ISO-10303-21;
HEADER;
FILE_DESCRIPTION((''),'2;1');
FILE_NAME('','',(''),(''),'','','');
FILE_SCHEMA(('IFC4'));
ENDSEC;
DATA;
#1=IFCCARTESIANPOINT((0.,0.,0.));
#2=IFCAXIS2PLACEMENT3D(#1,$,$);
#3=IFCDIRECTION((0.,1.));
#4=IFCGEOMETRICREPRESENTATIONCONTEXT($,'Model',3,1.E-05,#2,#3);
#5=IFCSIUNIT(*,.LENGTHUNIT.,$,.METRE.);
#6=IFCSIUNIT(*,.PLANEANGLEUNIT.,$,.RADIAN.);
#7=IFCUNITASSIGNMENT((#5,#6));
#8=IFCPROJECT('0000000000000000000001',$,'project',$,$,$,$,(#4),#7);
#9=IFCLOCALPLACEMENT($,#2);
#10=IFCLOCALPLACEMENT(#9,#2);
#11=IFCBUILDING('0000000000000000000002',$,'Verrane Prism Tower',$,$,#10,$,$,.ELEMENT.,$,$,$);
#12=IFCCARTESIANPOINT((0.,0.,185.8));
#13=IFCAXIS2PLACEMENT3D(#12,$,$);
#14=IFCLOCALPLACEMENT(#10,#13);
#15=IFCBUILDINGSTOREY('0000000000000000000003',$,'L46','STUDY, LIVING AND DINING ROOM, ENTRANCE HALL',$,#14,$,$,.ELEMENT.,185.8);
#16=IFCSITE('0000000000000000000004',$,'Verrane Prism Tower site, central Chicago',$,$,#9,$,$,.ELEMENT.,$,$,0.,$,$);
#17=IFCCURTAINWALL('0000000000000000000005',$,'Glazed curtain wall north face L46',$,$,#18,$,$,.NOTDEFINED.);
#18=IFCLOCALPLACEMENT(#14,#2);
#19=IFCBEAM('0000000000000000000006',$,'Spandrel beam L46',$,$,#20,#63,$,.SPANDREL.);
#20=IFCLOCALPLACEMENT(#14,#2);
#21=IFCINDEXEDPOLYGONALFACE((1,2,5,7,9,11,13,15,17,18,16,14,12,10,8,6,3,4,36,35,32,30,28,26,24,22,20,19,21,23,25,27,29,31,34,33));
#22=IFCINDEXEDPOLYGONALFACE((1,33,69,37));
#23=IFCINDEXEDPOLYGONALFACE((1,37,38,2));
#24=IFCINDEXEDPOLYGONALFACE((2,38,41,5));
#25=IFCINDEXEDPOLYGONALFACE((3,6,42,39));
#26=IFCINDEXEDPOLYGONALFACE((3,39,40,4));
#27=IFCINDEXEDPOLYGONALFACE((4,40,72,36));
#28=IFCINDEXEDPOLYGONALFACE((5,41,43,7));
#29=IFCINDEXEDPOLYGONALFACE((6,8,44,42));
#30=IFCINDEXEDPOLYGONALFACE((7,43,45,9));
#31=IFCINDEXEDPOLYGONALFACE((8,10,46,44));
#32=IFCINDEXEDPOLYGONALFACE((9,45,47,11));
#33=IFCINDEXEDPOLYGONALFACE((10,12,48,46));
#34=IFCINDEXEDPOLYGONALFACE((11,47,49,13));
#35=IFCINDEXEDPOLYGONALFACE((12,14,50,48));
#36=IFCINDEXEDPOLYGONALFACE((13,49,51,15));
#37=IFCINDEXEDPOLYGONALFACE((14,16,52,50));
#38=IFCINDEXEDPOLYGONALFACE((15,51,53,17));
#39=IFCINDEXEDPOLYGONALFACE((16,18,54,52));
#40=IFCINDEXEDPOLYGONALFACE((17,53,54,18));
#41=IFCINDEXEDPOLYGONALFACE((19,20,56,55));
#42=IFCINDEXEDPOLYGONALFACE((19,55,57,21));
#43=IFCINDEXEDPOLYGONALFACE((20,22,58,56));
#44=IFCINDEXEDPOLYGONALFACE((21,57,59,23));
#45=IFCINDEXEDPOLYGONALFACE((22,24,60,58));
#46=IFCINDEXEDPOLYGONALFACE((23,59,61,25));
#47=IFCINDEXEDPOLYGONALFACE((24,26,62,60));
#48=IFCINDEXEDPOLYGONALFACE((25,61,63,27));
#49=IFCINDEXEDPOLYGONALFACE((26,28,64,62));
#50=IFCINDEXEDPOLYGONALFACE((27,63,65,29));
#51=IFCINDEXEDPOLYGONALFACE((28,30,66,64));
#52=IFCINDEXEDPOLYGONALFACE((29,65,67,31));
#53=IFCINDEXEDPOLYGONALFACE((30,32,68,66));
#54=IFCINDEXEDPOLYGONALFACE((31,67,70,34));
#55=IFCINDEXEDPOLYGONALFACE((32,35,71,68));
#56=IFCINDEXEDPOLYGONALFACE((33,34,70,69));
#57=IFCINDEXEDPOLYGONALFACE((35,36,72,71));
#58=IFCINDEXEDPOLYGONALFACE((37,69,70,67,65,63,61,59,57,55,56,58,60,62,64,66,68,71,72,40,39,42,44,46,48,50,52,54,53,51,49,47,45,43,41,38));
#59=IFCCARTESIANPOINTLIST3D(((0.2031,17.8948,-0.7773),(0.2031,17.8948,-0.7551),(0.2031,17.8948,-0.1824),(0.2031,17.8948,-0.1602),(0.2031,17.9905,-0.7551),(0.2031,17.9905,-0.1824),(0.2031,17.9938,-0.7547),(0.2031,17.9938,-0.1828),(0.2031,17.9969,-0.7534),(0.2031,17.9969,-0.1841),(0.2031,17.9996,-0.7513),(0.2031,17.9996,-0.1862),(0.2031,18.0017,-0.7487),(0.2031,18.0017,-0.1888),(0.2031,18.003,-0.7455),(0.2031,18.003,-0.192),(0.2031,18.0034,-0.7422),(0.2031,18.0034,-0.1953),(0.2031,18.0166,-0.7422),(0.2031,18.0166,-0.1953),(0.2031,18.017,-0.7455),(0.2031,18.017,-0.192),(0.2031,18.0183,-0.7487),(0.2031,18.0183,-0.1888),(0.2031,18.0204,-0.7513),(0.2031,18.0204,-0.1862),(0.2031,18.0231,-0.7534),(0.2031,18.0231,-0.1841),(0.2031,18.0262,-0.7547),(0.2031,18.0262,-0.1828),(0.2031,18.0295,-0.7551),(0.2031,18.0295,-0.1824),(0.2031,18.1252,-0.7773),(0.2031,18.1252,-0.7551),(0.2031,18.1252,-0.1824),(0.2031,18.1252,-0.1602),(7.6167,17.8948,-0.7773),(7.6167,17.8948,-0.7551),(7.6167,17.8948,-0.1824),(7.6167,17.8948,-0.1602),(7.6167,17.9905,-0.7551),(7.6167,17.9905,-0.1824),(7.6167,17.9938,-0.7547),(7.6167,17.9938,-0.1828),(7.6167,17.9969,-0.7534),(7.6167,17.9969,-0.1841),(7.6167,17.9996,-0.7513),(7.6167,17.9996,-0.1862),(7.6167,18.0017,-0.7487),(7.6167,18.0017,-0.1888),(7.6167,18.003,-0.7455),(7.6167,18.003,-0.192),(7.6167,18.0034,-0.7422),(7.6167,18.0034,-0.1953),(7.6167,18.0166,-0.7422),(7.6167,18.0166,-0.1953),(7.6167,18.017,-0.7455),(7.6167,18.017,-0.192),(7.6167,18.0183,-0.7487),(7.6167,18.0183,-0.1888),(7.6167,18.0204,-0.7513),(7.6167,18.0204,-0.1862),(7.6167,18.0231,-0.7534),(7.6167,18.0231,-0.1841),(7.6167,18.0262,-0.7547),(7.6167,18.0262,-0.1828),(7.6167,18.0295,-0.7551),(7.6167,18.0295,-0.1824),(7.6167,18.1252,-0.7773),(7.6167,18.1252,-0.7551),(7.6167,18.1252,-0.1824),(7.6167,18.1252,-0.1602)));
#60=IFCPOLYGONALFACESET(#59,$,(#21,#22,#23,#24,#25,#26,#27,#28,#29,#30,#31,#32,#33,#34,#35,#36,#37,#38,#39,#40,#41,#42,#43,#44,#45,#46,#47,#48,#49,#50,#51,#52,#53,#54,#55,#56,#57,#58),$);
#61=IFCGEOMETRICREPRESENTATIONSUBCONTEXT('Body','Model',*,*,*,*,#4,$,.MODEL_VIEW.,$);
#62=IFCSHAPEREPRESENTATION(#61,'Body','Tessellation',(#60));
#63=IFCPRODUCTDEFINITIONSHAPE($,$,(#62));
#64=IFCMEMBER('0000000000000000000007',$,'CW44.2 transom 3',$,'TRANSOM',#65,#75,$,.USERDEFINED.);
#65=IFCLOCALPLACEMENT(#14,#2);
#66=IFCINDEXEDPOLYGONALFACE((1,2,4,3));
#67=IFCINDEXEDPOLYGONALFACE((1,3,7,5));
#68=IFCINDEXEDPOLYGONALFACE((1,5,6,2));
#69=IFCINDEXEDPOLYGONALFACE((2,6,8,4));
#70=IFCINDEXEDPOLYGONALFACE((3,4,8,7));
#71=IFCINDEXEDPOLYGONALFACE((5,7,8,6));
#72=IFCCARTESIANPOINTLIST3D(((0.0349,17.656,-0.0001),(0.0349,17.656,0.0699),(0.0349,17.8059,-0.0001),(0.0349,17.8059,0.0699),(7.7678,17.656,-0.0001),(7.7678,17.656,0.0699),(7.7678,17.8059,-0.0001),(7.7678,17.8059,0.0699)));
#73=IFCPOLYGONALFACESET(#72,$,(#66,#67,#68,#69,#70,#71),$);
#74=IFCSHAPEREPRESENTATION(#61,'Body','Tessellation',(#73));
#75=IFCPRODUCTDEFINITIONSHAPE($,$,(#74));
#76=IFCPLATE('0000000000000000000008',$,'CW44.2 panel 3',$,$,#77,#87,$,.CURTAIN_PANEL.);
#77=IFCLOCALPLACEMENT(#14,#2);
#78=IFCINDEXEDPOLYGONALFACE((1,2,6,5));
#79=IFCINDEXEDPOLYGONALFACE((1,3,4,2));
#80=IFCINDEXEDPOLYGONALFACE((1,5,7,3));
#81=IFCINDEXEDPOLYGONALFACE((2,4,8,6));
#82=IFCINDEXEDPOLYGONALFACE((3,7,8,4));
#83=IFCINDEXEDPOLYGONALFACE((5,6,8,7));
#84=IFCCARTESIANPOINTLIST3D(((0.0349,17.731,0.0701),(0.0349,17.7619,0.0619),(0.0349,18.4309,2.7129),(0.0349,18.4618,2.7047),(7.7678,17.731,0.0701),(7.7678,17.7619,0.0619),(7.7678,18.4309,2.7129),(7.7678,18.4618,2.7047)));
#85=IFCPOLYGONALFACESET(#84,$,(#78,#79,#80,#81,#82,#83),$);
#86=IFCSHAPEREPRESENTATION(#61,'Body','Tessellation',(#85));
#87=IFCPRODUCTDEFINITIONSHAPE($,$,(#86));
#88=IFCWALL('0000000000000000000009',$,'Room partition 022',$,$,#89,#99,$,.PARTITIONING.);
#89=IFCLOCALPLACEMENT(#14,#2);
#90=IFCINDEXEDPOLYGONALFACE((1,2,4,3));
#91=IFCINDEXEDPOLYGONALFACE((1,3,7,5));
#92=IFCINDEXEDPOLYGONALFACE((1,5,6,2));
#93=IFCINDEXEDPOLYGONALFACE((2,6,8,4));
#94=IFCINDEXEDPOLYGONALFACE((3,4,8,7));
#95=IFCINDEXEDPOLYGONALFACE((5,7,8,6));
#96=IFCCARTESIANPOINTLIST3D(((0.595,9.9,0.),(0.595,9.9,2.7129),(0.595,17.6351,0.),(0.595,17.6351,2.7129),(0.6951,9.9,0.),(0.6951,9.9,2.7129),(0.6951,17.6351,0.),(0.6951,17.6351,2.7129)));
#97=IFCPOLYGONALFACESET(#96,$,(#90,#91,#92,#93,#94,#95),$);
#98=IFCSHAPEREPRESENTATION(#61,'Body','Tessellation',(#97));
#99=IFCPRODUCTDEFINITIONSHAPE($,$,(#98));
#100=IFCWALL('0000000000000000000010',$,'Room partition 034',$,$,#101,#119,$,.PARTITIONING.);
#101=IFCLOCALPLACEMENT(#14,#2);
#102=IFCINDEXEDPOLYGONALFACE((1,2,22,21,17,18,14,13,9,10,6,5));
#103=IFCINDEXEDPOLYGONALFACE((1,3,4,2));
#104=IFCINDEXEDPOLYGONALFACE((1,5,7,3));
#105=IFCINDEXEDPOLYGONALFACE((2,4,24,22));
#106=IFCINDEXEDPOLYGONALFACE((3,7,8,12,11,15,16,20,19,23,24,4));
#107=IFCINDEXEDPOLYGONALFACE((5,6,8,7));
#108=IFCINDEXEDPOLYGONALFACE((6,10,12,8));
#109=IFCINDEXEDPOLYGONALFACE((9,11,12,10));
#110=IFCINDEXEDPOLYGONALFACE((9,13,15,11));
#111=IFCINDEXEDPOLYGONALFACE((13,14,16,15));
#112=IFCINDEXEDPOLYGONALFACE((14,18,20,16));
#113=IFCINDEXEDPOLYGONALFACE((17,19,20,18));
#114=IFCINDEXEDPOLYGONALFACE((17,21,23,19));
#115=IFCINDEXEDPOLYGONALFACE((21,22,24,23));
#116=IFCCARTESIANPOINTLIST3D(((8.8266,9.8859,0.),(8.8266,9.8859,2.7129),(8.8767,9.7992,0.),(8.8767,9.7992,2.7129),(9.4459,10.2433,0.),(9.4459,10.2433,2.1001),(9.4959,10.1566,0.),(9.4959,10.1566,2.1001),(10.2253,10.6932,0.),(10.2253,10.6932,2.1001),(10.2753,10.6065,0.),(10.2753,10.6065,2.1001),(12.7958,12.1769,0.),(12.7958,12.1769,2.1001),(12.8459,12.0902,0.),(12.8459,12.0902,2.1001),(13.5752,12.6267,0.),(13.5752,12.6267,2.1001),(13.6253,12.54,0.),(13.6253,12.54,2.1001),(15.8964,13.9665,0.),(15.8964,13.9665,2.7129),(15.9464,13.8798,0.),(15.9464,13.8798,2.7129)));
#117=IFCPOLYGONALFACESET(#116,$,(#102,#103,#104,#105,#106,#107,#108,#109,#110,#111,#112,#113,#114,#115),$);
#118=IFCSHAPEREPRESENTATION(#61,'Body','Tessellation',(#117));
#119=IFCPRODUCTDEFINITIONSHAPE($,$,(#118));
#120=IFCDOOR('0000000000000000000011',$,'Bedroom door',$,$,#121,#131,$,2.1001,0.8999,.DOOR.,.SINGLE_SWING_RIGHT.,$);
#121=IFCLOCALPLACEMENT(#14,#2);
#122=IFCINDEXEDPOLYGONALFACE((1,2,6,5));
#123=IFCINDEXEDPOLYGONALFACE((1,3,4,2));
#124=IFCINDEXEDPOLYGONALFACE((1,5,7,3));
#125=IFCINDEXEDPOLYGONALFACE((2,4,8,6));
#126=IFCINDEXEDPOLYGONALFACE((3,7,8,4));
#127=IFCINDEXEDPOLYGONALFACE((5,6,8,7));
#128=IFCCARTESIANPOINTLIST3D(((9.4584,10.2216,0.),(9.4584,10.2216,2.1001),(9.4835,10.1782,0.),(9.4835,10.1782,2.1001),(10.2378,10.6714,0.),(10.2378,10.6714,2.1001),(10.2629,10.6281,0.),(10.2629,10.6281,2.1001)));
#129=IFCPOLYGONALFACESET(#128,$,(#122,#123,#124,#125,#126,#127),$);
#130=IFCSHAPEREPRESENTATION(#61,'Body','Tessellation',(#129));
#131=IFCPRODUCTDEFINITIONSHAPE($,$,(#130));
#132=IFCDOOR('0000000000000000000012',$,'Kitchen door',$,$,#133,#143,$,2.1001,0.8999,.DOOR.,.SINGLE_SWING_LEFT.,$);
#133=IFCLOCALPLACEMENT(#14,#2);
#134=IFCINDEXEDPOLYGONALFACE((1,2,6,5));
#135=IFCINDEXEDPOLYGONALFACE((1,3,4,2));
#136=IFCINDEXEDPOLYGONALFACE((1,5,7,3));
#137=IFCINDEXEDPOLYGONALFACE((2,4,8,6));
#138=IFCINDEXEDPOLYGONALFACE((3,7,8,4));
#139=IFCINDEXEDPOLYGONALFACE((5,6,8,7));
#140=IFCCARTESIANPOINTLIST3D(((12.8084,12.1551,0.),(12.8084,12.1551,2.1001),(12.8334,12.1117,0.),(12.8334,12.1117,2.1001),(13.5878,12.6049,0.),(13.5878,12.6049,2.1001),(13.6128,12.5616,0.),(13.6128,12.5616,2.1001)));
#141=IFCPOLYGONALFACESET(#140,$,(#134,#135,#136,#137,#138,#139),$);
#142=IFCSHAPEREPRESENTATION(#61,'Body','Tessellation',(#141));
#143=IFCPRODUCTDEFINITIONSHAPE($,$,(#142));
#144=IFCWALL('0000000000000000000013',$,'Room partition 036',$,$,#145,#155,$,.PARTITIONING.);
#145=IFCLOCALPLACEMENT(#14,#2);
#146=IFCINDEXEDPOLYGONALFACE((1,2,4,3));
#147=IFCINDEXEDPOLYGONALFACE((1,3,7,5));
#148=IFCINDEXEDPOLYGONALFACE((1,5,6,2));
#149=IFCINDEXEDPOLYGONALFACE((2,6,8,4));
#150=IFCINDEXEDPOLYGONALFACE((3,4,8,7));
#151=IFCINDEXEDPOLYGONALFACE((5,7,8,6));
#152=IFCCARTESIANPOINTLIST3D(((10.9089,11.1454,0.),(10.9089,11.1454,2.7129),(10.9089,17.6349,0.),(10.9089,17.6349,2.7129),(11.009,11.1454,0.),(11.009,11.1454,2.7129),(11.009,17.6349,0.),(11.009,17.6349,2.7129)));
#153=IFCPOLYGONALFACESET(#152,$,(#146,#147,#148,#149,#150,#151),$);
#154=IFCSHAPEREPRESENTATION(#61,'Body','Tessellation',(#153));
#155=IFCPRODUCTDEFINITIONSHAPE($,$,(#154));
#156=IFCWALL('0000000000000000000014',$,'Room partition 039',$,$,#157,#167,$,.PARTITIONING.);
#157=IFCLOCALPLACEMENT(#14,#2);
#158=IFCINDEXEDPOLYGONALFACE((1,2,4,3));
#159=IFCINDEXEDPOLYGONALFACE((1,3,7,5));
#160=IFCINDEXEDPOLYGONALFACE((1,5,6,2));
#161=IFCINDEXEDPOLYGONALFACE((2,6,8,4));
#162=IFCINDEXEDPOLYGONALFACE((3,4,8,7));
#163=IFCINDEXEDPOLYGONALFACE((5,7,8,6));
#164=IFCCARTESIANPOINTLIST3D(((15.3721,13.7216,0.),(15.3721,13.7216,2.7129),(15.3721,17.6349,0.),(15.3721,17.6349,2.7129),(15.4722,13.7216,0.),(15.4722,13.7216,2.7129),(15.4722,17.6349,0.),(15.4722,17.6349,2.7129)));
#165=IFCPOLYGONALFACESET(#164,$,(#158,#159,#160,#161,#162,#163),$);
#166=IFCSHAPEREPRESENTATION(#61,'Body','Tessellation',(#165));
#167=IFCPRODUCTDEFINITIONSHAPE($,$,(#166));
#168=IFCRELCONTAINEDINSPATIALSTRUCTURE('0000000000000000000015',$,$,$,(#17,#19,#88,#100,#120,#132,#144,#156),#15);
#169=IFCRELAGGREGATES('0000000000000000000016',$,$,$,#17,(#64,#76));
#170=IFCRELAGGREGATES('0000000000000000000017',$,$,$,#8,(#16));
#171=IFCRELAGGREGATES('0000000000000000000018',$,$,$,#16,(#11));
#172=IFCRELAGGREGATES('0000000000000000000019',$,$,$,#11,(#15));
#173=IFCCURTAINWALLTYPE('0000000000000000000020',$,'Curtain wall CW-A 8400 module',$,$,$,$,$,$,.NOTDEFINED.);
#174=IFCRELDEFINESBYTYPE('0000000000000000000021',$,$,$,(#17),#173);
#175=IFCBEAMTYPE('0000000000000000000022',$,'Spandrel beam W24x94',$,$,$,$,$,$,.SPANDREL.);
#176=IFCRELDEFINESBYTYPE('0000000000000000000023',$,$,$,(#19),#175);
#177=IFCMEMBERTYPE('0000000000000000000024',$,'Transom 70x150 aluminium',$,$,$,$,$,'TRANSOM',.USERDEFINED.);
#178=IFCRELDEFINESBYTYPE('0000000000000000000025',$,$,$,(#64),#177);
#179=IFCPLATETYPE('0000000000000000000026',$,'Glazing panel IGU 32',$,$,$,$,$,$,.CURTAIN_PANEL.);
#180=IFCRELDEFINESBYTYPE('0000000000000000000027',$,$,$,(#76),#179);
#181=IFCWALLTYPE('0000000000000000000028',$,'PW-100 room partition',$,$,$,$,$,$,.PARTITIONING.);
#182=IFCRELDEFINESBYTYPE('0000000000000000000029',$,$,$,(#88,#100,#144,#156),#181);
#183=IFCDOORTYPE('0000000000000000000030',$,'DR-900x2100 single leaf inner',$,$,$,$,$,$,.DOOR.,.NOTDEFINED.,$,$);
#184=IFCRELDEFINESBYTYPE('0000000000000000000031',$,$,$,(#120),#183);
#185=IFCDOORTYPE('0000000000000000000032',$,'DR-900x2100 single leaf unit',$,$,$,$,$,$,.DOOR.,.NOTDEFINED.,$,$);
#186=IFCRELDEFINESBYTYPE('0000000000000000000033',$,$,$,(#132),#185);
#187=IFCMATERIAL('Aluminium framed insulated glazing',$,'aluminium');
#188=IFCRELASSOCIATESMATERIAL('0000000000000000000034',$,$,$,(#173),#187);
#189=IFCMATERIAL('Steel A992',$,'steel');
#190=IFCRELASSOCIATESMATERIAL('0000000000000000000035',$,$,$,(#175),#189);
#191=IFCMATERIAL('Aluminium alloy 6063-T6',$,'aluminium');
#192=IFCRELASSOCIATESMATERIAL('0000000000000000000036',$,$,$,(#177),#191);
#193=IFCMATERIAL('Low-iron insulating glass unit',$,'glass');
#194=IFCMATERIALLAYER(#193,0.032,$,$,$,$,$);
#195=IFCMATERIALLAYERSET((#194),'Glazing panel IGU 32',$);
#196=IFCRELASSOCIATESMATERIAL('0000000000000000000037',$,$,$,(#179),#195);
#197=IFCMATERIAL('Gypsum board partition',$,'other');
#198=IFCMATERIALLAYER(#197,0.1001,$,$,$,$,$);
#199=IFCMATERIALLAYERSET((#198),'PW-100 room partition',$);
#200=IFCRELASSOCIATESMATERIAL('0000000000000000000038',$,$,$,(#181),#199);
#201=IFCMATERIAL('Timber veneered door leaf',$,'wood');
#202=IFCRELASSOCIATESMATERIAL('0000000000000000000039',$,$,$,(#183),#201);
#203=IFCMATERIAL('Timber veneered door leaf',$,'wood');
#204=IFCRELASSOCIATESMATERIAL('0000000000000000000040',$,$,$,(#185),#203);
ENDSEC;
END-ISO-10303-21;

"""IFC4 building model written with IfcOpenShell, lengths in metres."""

from ifc_helpers import new_model, si_unit, direction, frame, frame_2d, origin, origin_2d, place, context, subcontext, project, spatial, polyline, rectangle, i_section, outline, extrude, material, layer, layer_set, material_profile, profile_set, type_object, element, fill, aggregate, save


model = new_model("IFC4")

# Units and contexts
model_context = context("Model", 3, precision=1e-05, world=origin(), true_north=direction((0.0, 1.0)))
body_context = subcontext(model_context, "Body", "Model", "MODEL_VIEW")
ifc_project = project(units=[si_unit("LENGTHUNIT", "METRE"), si_unit("PLANEANGLEUNIT", "RADIAN")], contexts=[model_context])

# Site, building, storey
site_placement = place(None, origin())
site = spatial("IfcSite", under=ifc_project, at=site_placement, Name="Verrane Prism Tower site, central Chicago", CompositionType="ELEMENT", RefElevation=0.0)
building_placement = place(site_placement, origin())
building = spatial("IfcBuilding", under=site, at=building_placement, Name="Verrane Prism Tower", CompositionType="ELEMENT")
storey_placement = place(building_placement, frame((0.0, 0.0, 185.8)))
storey = spatial("IfcBuildingStorey", under=building, at=storey_placement, Name="L46", Description="STUDY, LIVING AND DINING ROOM, ENTRANCE HALL", CompositionType="ELEMENT", Elevation=185.8)

# Curtain wall
ifc_material_1 = material(Name="Aluminium framed insulated glazing", Category="aluminium")
curtain_wall_type = type_object("IfcCurtainWallType", Name="Curtain wall CW-A 8400 module", PredefinedType="NOTDEFINED", material=ifc_material_1)
curtain_wall_placement = place(storey_placement, origin())
curtain_wall = element("IfcCurtainWall", 1, at=curtain_wall_placement, inside=storey, type_object=curtain_wall_type, Name="Glazed curtain wall north face L46", PredefinedType="NOTDEFINED")

# Beam
ifc_material_2 = material(Name="Steel A992", Category="steel")
ifc_material_profile_1 = material_profile(ifc_material_2, i_section(OverallWidth=0.2305, OverallDepth=0.6172, WebThickness=0.0132, FlangeThickness=0.0222, FilletRadius=0.0129, at=origin_2d()), Name="W24x94")
ifc_profile_set_1 = profile_set([ifc_material_profile_1], Name="Steel A992")
beam_type_1 = type_object("IfcBeamType", Name="Spandrel beam W24x94", PredefinedType="SPANDREL", material=ifc_profile_set_1)
beam_1_placement = place(storey_placement, frame((7.6167, 18.01, -0.4688), z_axis=(-1.0, 0.0, 0.0), x_axis=(0.0, -1.0, 0.0)))
element("IfcBeam", 2, at=beam_1_placement, inside=storey, type_object=beam_type_1, Name="Spandrel beam L46", PredefinedType="SPANDREL", context=body_context, shape_type="SweptSolid", body=[
    extrude(i_section(OverallWidth=0.2305, OverallDepth=0.6172, WebThickness=0.0132, FlangeThickness=0.0222, FilletRadius=0.0129, at=origin_2d()), origin(), (0.0, 0.0, 1.0), 7.4136),
])

# Member
ifc_material_3 = material(Name="Aluminium alloy 6063-T6", Category="aluminium")
ifc_material_profile_2 = material_profile(ifc_material_3, rectangle(XDim=0.1499, YDim=0.0701, at=origin_2d()), Name="Transom 70x150 aluminium")
ifc_profile_set_2 = profile_set([ifc_material_profile_2], Name="Aluminium alloy 6063-T6")
member_type_1 = type_object("IfcMemberType", Name="Transom 70x150 aluminium", ElementType="TRANSOM", PredefinedType="USERDEFINED", material=ifc_profile_set_2)
member_1_placement = place(storey_placement, frame((7.7678, 17.731, 0.0349), z_axis=(-1.0, 0.0, 0.0), x_axis=(0.0, -1.0, 0.0)))
member_1 = element("IfcMember", 3, at=member_1_placement, type_object=member_type_1, Name="CW44.2 transom 3", ObjectType="TRANSOM", PredefinedType="USERDEFINED", context=body_context, shape_type="SweptSolid", body=[
    extrude(rectangle(XDim=0.1499, YDim=0.0701, at=origin_2d()), origin(), (0.0, 0.0, 1.0), 7.7329),
])

# Plate
ifc_material_4 = material(Name="Low-iron insulating glass unit", Category="glass")
ifc_layer_1 = layer(ifc_material_4, 0.032)
ifc_layer_set_1 = layer_set([ifc_layer_1], Name="Glazing panel IGU 32")
plate_type = type_object("IfcPlateType", Name="Glazing panel IGU 32", PredefinedType="CURTAIN_PANEL", material=ifc_layer_set_1)
plate_placement = place(storey_placement, frame((7.7678, 17.731, 0.0701), z_axis=(0.0, -0.966671, 0.256023), x_axis=(-1.0, 0.0, 0.0)))
plate = element("IfcPlate", 4, at=plate_placement, type_object=plate_type, Name="CW44.2 panel 3", PredefinedType="CURTAIN_PANEL", context=body_context, shape_type="SweptSolid", body=[
    extrude(outline(polyline([(0.0, 0.0), (7.7329, 0.0), (7.7329, -2.7339), (0.0, -2.7339), (0.0, 0.0)])), origin(), (0.0, 0.0, -1.0), 0.032),
])
aggregate(curtain_wall, [member_1, plate])

# Wall
ifc_material_5 = material(Name="Gypsum board partition", Category="other")
ifc_layer_2 = layer(ifc_material_5, 0.1001)
ifc_layer_set_2 = layer_set([ifc_layer_2], Name="PW-100 room partition")
wall_type_1 = type_object("IfcWallType", Name="PW-100 room partition", PredefinedType="PARTITIONING", material=ifc_layer_set_2)
wall_1_placement = place(storey_placement, frame((0.645, 9.8999, 0.0), z_axis=(0.0, 0.0, 1.0), x_axis=(0.0, 1.0, 0.0)))
element("IfcWall", 5, at=wall_1_placement, inside=storey, type_object=wall_type_1, Name="Room partition 022", PredefinedType="PARTITIONING", context=body_context, shape_type="SweptSolid", body=[
    extrude(rectangle(XDim=7.7351, YDim=0.1001, at=frame_2d((3.8677, 0.0))), origin(), (0.0, 0.0, 1.0), 2.7129),
])

# Wall, openings, doors
wall_2_placement = place(storey_placement, frame((8.8516, 9.8425, 0.0), z_axis=(0.0, 0.0, 1.0), x_axis=(0.866089, 0.49989, 0.0)))
wall_2 = element("IfcWall", 6, at=wall_2_placement, inside=storey, type_object=wall_type_1, Name="Room partition 034", PredefinedType="PARTITIONING", context=body_context, shape_type="SweptSolid", body=[
    extrude(rectangle(XDim=8.1628, YDim=0.1001, at=frame_2d((4.0815, 0.0))), origin(), (0.0, 0.0, 1.0), 2.7129),
])
opening_1_placement = place(wall_2_placement, frame((4.583, 0.0, 0.0)))
opening_1 = element("IfcOpeningElement", 7, at=opening_1_placement, cuts=wall_2, PredefinedType="OPENING", context=body_context, shape_type="SweptSolid", body=[
    extrude(rectangle(XDim=0.8999, YDim=2.1001, at=frame_2d((0.45, 1.05))), frame((0.0, 0.0601, 0.0), z_axis=(0.0, -1.0, 0.0), x_axis=(1.0, 0.0, 0.0)), (0.0, 0.0, 1.0), 0.1201),
])
opening_2_placement = place(wall_2_placement, frame((0.7151, 0.0, 0.0)))
opening_2 = element("IfcOpeningElement", 8, at=opening_2_placement, cuts=wall_2, PredefinedType="OPENING", context=body_context, shape_type="SweptSolid", body=[
    extrude(rectangle(XDim=0.8999, YDim=2.1001, at=frame_2d((0.45, 1.05))), frame((0.0, 0.0601, 0.0), z_axis=(0.0, -1.0, 0.0), x_axis=(1.0, 0.0, 0.0)), (0.0, 0.0, 1.0), 0.1201),
])
ifc_material_6 = material(Name="Timber veneered door leaf", Category="wood")
door_type_1 = type_object("IfcDoorType", Name="DR-900x2100 single leaf inner", OperationType="NOTDEFINED", PredefinedType="DOOR", material=ifc_material_6)
door_1_placement = place(opening_2_placement, origin())
door_1 = element("IfcDoor", 9, at=door_1_placement, inside=storey, type_object=door_type_1, Name="Bedroom door", OperationType="SINGLE_SWING_RIGHT", OverallHeight=2.1001, OverallWidth=0.8999, PredefinedType="DOOR", context=body_context, shape_type="SweptSolid", body=[
    extrude(rectangle(XDim=0.8999, YDim=2.1001, at=frame_2d((0.45, 1.05))), frame((0.0, 0.0249, 0.0), z_axis=(0.0, -1.0, 0.0), x_axis=(1.0, 0.0, 0.0)), (0.0, 0.0, 1.0), 0.05),
])
fill(opening_2, door_1)
ifc_material_7 = material(Name="Timber veneered door leaf", Category="wood")
door_type_2 = type_object("IfcDoorType", Name="DR-900x2100 single leaf unit", OperationType="NOTDEFINED", PredefinedType="DOOR", material=ifc_material_7)
door_2_placement = place(opening_1_placement, origin())
door_2 = element("IfcDoor", 10, at=door_2_placement, inside=storey, type_object=door_type_2, Name="Kitchen door", OperationType="SINGLE_SWING_LEFT", OverallHeight=2.1001, OverallWidth=0.8999, PredefinedType="DOOR", context=body_context, shape_type="SweptSolid", body=[
    extrude(rectangle(XDim=0.8999, YDim=2.1001, at=frame_2d((0.45, 1.05))), frame((0.0, 0.0249, 0.0), z_axis=(0.0, -1.0, 0.0), x_axis=(1.0, 0.0, 0.0)), (0.0, 0.0, 1.0), 0.05),
])
fill(opening_1, door_2)

# Walls
wall_3_placement = place(storey_placement, frame((10.959, 11.1455, 0.0), z_axis=(0.0, 0.0, 1.0), x_axis=(0.0, 1.0, 0.0)))
element("IfcWall", 11, at=wall_3_placement, inside=storey, type_object=wall_type_1, Name="Room partition 036", PredefinedType="PARTITIONING", context=body_context, shape_type="SweptSolid", body=[
    extrude(rectangle(XDim=6.4895, YDim=0.1001, at=frame_2d((3.2446, 0.0))), origin(), (0.0, 0.0, 1.0), 2.7129),
])
wall_4_placement = place(storey_placement, frame((15.4221, 13.7217, 0.0), z_axis=(0.0, 0.0, 1.0), x_axis=(0.0, 1.0, 0.0)))
element("IfcWall", 12, at=wall_4_placement, inside=storey, type_object=wall_type_1, Name="Room partition 039", PredefinedType="PARTITIONING", context=body_context, shape_type="SweptSolid", body=[
    extrude(rectangle(XDim=3.9133, YDim=0.1001, at=frame_2d((1.9565, 0.0))), origin(), (0.0, 0.0, 1.0), 2.7129),
])

save(model, "model.ifc")
